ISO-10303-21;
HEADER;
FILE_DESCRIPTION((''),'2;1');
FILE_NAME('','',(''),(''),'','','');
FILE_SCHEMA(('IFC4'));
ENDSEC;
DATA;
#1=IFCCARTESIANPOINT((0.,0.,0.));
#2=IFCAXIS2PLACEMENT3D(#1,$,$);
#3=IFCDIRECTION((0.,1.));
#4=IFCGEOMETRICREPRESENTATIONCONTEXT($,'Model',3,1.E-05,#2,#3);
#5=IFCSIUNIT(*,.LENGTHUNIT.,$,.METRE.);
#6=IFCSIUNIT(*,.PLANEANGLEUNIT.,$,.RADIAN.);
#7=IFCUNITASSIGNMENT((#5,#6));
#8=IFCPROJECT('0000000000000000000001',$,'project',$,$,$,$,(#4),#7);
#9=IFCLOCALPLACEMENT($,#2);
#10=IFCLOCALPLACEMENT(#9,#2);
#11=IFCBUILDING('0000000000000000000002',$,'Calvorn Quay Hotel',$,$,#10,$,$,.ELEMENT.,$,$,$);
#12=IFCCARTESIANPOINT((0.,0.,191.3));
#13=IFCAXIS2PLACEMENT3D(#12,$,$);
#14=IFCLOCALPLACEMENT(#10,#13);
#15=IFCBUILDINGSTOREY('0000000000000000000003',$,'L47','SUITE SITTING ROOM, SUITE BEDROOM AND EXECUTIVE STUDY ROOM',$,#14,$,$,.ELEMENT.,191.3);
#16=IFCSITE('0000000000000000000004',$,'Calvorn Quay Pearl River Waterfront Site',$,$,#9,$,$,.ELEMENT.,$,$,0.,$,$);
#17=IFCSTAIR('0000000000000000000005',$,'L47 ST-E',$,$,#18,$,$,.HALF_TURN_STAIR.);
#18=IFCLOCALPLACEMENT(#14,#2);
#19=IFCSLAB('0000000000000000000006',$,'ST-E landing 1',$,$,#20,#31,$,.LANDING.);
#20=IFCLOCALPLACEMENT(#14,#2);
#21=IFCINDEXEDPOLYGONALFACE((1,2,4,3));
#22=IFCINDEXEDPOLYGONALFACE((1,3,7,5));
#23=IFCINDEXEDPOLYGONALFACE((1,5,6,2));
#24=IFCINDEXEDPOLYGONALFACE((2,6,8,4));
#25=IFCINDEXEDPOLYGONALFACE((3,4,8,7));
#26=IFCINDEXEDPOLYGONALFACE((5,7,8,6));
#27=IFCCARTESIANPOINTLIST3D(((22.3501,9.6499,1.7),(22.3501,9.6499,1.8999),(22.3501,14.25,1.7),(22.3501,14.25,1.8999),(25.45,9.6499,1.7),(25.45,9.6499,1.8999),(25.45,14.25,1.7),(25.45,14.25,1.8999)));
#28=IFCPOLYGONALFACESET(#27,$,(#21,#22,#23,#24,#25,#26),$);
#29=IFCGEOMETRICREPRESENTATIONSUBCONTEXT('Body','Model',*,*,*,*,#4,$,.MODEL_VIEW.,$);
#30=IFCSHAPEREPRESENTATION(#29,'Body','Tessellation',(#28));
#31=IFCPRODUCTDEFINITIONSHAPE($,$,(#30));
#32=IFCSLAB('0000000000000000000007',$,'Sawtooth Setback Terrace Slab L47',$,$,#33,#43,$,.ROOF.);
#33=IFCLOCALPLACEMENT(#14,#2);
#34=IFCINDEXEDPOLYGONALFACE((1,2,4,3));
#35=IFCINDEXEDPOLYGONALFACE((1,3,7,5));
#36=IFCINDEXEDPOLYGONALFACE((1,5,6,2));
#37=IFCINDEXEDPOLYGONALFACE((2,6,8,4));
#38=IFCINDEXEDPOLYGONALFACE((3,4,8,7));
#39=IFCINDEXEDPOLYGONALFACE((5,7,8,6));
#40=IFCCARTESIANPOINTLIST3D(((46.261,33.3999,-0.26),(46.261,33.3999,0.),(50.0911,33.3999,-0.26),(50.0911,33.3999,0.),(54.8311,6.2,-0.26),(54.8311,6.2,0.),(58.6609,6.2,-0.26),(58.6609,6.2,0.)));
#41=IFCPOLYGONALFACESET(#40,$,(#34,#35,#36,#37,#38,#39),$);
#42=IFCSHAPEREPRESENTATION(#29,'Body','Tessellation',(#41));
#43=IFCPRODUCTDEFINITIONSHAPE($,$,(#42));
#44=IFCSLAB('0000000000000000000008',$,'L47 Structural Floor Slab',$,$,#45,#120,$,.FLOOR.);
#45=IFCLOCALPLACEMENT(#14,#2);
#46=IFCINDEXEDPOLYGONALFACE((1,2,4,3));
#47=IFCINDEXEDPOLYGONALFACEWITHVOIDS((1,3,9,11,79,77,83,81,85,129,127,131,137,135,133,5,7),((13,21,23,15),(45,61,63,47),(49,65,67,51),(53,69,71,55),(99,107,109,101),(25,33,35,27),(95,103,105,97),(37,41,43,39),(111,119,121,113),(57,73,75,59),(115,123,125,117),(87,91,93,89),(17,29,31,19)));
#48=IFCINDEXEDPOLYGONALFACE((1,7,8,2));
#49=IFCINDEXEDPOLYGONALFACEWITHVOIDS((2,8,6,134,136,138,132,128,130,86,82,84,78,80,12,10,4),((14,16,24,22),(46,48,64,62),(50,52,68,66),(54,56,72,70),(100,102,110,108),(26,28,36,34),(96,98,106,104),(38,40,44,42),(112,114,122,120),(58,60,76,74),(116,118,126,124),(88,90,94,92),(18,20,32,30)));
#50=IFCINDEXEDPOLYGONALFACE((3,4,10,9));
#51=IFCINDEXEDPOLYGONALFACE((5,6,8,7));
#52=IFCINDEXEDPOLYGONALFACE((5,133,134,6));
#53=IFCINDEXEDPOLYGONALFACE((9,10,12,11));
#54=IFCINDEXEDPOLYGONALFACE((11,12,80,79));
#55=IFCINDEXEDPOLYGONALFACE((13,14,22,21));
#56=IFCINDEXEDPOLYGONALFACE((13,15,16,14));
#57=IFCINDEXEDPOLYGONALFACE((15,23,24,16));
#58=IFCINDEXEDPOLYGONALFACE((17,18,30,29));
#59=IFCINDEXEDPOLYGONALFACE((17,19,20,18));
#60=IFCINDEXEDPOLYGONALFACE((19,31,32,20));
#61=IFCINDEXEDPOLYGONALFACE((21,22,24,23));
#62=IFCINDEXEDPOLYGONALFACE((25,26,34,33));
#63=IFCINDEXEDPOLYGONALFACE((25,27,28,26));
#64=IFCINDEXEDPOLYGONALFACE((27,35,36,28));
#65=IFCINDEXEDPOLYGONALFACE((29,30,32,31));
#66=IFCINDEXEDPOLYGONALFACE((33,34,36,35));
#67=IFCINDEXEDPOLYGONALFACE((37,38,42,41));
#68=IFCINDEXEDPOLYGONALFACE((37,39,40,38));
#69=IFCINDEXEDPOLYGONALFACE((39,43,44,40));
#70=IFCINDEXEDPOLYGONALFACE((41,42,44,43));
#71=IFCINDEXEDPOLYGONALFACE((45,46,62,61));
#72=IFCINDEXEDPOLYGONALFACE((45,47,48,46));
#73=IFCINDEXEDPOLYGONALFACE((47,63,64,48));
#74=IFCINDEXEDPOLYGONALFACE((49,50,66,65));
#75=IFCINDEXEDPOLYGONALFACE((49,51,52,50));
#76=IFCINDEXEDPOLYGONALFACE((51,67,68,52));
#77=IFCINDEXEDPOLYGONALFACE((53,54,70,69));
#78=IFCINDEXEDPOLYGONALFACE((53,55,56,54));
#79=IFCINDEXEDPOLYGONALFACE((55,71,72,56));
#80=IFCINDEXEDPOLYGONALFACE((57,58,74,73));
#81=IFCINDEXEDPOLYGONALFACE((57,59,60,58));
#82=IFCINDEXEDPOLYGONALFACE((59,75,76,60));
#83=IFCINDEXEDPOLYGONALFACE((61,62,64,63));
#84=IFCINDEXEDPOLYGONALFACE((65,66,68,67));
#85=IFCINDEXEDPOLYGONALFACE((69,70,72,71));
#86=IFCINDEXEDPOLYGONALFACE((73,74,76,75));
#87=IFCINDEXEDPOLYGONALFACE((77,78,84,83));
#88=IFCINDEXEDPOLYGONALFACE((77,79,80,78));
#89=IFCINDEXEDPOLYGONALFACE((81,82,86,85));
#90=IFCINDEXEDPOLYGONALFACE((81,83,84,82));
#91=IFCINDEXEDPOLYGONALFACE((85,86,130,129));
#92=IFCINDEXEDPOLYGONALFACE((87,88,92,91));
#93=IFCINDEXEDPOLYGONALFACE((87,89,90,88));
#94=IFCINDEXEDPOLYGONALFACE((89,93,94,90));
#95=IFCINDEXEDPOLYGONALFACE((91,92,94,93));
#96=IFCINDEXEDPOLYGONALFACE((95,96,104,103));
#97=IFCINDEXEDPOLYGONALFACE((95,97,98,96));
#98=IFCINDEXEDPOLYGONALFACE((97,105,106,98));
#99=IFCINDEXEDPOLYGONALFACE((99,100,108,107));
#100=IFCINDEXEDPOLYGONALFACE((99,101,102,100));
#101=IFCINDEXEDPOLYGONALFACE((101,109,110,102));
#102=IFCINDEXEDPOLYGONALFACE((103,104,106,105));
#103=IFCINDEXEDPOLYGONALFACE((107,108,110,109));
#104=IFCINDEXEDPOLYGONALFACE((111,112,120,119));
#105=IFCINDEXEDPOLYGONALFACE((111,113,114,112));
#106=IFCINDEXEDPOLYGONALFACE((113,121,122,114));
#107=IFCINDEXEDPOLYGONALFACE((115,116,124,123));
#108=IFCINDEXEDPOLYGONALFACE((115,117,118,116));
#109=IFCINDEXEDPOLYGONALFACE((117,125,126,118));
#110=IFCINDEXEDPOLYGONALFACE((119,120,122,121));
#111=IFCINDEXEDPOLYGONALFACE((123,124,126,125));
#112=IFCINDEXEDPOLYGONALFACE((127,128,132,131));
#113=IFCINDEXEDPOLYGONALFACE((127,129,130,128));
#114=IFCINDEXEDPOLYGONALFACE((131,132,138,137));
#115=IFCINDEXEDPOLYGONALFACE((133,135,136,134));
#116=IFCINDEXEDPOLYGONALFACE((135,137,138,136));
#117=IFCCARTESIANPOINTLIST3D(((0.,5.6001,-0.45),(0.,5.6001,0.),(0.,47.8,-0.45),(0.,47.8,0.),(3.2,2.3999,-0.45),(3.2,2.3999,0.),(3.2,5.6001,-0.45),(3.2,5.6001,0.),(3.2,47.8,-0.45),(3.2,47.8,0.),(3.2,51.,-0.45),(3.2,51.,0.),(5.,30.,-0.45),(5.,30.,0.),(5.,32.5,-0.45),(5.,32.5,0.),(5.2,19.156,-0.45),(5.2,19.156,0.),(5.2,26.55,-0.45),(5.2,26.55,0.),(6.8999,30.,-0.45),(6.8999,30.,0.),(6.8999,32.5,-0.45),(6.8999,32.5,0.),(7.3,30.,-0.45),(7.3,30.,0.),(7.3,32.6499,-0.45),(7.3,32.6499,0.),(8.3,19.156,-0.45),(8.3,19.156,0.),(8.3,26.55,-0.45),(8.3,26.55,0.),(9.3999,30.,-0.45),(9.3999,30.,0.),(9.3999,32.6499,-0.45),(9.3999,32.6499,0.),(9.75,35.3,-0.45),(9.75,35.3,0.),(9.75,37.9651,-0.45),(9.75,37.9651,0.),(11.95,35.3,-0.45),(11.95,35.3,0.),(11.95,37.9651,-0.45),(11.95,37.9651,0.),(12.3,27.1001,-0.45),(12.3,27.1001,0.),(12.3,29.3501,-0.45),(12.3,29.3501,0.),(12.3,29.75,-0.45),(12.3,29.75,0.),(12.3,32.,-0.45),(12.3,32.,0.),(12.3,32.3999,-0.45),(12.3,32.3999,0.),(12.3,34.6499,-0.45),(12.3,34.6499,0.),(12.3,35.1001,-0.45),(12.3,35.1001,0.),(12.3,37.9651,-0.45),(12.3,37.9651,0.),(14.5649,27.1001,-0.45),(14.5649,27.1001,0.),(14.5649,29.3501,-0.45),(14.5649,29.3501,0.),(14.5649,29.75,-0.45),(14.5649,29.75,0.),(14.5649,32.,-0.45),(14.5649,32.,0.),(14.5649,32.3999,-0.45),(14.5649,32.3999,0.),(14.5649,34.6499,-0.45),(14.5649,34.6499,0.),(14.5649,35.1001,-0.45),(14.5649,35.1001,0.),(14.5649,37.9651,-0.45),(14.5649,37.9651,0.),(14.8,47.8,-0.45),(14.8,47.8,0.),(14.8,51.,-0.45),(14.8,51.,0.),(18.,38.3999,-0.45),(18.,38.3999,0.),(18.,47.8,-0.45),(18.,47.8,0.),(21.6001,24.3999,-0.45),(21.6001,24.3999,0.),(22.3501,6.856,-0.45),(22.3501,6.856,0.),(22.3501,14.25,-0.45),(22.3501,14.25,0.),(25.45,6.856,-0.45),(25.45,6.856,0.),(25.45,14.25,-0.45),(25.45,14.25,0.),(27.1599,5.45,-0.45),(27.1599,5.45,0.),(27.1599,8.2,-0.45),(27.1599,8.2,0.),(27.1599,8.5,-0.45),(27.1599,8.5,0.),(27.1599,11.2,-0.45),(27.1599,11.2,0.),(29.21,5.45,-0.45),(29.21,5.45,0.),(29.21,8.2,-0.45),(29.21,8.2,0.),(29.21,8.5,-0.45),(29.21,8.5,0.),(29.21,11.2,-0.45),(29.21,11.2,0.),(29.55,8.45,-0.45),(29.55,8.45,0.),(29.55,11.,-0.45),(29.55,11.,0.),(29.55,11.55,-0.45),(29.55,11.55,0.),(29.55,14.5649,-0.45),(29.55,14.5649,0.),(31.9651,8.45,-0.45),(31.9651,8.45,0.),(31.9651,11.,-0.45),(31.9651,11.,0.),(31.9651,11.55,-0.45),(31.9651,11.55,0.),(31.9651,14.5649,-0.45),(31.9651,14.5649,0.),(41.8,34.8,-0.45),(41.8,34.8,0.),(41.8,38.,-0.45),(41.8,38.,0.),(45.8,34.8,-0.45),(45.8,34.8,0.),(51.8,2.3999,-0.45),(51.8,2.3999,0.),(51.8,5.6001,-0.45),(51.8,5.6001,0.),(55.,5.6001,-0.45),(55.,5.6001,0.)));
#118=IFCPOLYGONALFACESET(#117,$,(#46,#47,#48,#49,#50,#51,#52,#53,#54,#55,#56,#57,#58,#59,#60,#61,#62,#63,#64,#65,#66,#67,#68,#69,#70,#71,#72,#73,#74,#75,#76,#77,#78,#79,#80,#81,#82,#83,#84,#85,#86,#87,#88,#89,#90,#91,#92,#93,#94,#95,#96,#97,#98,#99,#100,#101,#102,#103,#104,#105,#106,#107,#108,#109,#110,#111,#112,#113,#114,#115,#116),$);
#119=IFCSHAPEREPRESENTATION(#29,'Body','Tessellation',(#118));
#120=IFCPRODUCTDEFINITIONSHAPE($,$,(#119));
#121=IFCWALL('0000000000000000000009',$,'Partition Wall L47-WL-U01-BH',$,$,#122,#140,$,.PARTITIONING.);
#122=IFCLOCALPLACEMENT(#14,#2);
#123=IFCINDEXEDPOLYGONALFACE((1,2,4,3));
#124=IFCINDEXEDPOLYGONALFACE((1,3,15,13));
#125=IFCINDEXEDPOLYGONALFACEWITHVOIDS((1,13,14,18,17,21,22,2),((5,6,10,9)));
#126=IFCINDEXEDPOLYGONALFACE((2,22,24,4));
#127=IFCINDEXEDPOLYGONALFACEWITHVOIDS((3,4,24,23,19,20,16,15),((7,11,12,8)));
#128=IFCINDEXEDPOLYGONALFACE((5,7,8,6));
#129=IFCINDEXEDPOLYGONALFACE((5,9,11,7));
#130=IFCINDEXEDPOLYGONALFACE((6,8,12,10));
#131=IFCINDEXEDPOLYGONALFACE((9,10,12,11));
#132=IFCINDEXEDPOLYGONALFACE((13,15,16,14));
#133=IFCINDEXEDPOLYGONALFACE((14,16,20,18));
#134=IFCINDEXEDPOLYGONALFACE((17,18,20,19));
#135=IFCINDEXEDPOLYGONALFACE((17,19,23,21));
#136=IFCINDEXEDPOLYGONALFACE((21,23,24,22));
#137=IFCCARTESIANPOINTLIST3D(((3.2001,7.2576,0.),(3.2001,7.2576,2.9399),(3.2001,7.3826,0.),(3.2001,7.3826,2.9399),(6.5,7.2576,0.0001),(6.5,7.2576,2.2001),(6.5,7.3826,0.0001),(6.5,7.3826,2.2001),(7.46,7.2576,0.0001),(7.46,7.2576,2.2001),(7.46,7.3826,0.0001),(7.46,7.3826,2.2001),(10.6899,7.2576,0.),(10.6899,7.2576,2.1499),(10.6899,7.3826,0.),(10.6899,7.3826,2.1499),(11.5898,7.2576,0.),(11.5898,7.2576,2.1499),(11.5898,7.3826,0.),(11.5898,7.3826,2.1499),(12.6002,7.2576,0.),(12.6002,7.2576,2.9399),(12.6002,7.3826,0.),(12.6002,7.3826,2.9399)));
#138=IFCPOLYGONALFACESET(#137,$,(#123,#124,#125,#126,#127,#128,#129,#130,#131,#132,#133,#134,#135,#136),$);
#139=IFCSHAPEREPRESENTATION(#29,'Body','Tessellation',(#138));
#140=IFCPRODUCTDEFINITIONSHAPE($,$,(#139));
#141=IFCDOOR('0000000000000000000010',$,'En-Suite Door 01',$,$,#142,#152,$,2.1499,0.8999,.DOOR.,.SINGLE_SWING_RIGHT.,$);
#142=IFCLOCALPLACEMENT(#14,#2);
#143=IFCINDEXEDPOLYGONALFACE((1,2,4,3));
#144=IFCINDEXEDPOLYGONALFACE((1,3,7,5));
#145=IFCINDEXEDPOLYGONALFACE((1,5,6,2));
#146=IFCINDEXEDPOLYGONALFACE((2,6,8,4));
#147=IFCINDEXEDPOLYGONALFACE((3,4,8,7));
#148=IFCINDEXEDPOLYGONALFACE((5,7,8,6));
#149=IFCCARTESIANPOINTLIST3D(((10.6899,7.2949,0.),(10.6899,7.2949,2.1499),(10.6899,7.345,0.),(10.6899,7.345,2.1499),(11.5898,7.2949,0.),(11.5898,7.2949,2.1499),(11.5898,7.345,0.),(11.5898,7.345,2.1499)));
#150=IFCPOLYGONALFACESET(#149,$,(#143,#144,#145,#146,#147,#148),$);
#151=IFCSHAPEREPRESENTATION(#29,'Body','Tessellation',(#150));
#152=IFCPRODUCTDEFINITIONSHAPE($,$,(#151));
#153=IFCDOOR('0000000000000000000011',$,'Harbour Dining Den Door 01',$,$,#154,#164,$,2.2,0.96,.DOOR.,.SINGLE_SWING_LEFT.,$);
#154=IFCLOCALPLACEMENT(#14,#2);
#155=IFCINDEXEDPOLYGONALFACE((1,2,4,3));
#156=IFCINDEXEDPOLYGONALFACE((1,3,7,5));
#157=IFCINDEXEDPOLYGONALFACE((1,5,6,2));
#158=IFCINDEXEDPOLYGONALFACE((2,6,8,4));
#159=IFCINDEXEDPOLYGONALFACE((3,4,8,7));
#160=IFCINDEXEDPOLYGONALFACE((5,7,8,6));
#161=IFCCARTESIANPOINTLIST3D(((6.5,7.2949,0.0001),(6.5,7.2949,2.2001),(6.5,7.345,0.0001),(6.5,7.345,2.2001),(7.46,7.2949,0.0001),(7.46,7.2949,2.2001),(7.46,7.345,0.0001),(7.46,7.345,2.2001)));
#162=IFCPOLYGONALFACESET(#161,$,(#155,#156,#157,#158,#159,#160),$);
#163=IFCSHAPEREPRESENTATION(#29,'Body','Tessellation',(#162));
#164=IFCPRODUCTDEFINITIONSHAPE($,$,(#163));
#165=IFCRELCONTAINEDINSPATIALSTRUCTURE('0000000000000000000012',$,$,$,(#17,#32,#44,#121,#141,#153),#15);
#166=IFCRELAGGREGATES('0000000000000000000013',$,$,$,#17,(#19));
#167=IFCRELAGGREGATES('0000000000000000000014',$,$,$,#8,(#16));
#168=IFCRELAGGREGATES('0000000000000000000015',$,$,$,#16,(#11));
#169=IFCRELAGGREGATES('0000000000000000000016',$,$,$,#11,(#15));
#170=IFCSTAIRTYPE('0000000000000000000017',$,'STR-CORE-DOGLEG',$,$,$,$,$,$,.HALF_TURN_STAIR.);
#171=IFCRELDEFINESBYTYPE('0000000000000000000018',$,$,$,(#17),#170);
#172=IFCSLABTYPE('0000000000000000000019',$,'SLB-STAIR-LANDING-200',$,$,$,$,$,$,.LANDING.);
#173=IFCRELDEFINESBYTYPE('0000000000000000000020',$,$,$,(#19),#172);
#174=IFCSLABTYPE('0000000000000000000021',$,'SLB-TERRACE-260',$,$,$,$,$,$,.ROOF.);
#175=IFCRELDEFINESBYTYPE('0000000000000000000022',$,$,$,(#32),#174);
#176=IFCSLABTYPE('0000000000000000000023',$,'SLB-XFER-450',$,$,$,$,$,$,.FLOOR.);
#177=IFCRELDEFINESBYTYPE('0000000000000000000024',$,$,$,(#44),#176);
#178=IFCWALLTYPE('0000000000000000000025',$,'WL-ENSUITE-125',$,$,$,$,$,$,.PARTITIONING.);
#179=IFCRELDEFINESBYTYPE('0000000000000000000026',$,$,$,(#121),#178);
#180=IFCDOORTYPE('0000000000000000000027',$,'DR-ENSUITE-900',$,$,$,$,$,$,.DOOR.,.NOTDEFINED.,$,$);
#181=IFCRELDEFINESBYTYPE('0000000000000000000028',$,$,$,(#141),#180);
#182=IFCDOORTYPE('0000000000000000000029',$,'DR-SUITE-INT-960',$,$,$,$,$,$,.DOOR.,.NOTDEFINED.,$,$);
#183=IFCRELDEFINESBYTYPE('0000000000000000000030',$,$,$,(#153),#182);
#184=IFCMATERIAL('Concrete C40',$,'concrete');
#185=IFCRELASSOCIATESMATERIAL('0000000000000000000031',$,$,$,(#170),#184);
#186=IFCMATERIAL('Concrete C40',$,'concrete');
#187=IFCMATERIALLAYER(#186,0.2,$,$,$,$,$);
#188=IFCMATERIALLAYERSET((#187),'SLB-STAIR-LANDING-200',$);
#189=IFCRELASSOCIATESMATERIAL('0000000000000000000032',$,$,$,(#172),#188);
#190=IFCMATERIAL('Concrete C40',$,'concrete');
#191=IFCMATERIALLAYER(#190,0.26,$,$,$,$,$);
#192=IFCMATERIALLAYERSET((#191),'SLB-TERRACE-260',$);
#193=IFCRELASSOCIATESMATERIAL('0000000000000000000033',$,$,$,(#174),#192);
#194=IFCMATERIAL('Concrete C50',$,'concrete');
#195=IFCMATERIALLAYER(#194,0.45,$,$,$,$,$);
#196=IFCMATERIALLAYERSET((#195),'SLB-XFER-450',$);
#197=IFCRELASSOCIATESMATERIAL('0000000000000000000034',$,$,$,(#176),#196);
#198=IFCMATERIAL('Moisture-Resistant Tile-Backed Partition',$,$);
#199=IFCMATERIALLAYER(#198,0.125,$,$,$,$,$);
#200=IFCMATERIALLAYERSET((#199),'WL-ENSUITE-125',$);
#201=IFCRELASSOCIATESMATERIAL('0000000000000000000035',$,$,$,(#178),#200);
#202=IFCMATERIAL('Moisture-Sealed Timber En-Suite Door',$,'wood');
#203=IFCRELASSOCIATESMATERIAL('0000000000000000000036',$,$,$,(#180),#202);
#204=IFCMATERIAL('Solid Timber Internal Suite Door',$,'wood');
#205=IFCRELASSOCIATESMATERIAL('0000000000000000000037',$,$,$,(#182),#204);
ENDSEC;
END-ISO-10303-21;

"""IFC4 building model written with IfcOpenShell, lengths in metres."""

from ifc_helpers import new_model, si_unit, direction, frame, frame_2d, origin, place, context, subcontext, project, spatial, polyline, rectangle, outline, extrude, material, layer, layer_set, type_object, element, fill, aggregate, save


model = new_model("IFC4")

# Units and contexts
model_context = context("Model", 3, precision=1e-05, world=origin(), true_north=direction((0.0, 1.0)))
body_context = subcontext(model_context, "Body", "Model", "MODEL_VIEW")
ifc_project = project(units=[si_unit("LENGTHUNIT", "METRE"), si_unit("PLANEANGLEUNIT", "RADIAN")], contexts=[model_context])

# Site, building, storey
site_placement = place(None, origin())
site = spatial("IfcSite", under=ifc_project, at=site_placement, Name="Calvorn Quay Pearl River Waterfront Site", CompositionType="ELEMENT", RefElevation=0.0)
building_placement = place(site_placement, origin())
building = spatial("IfcBuilding", under=site, at=building_placement, Name="Calvorn Quay Hotel", CompositionType="ELEMENT")
storey_placement = place(building_placement, frame((0.0, 0.0, 191.3)))
storey = spatial("IfcBuildingStorey", under=building, at=storey_placement, Name="L47", Description="SUITE SITTING ROOM, SUITE BEDROOM AND EXECUTIVE STUDY ROOM", CompositionType="ELEMENT", Elevation=191.3)

# Stair, slab
ifc_material_1 = material(Name="Concrete C40", Category="concrete")
stair_type = type_object("IfcStairType", Name="STR-CORE-DOGLEG", PredefinedType="HALF_TURN_STAIR", material=ifc_material_1)
ifc_material_2 = material(Name="Concrete C40", Category="concrete")
ifc_layer_1 = layer(ifc_material_2, 0.2)
ifc_layer_set_1 = layer_set([ifc_layer_1], Name="SLB-STAIR-LANDING-200")
slab_type_1 = type_object("IfcSlabType", Name="SLB-STAIR-LANDING-200", PredefinedType="LANDING", material=ifc_layer_set_1)
stair_1_placement = place(storey_placement, origin())
stair_1 = element("IfcStair", 1, at=stair_1_placement, inside=storey, type_object=stair_type, Name="L47 ST-E", PredefinedType="HALF_TURN_STAIR")
slab_1_placement = place(storey_placement, frame((0.0, 0.0, 1.7)))
slab_1 = element("IfcSlab", 2, at=slab_1_placement, type_object=slab_type_1, Name="ST-E landing 1", PredefinedType="LANDING", context=body_context, shape_type="SweptSolid", body=[
    extrude(outline(polyline([(25.45, 9.6499), (25.45, 14.25), (22.3501, 14.25), (22.3501, 9.6499), (25.45, 9.6499)])), origin(), (0.0, 0.0, 1.0), 0.2),
])
aggregate(stair_1, [slab_1])

# Slabs
ifc_material_3 = material(Name="Concrete C40", Category="concrete")
ifc_layer_2 = layer(ifc_material_3, 0.26)
ifc_layer_set_2 = layer_set([ifc_layer_2], Name="SLB-TERRACE-260")
slab_type_2 = type_object("IfcSlabType", Name="SLB-TERRACE-260", PredefinedType="ROOF", material=ifc_layer_set_2)
slab_2_placement = place(storey_placement, frame((0.0, 0.0, -0.26)))
element("IfcSlab", 3, at=slab_2_placement, inside=storey, type_object=slab_type_2, Name="Sawtooth Setback Terrace Slab L47", PredefinedType="ROOF", context=body_context, shape_type="SweptSolid", body=[
    extrude(outline(polyline([(54.8311, 6.2), (58.6609, 6.2), (50.0911, 33.3999), (46.261, 33.3999), (54.8311, 6.2)])), origin(), (0.0, 0.0, 1.0), 0.26),
])
ifc_material_4 = material(Name="Concrete C50", Category="concrete")
ifc_layer_3 = layer(ifc_material_4, 0.45)
ifc_layer_set_3 = layer_set([ifc_layer_3], Name="SLB-XFER-450")
slab_type_3 = type_object("IfcSlabType", Name="SLB-XFER-450", PredefinedType="FLOOR", material=ifc_layer_set_3)
slab_3_placement = place(storey_placement, frame((0.0, 0.0, -0.45)))
element("IfcSlab", 4, at=slab_3_placement, inside=storey, type_object=slab_type_3, Name="L47 Structural Floor Slab", PredefinedType="FLOOR", context=body_context, shape_type="SweptSolid", body=[
    extrude(outline(polyline([(0.0, 5.6001), (3.2, 5.6001), (3.2, 2.3999), (51.8, 2.3999), (51.8, 5.6001), (55.0, 5.6001), (45.8, 34.8), (41.8, 34.8), (41.8, 38.0), (21.6001, 24.3999), (18.0, 38.3999), (18.0, 47.8), (14.8, 47.8), (14.8, 51.0), (3.2, 51.0), (3.2, 47.8), (0.0, 47.8), (0.0, 5.6001)]), holes=[polyline([(5.2, 19.156), (8.3, 19.156), (8.3, 26.55), (5.2, 26.55), (5.2, 19.156)]), polyline([(22.3501, 6.856), (25.45, 6.856), (25.45, 14.25), (22.3501, 14.25), (22.3501, 6.856)]), polyline([(5.0, 30.0), (6.8999, 30.0), (6.8999, 32.5), (5.0, 32.5), (5.0, 30.0)]), polyline([(7.3, 30.0), (9.3999, 30.0), (9.3999, 32.6499), (7.3, 32.6499), (7.3, 30.0)]), polyline([(27.1599, 8.5), (29.21, 8.5), (29.21, 11.2), (27.1599, 11.2), (27.1599, 8.5)]), polyline([(27.1599, 5.45), (29.21, 5.45), (29.21, 8.2), (27.1599, 8.2), (27.1599, 5.45)]), polyline([(12.3, 27.1001), (14.5649, 27.1001), (14.5649, 29.3501), (12.3, 29.3501), (12.3, 27.1001)]), polyline([(12.3, 29.75), (14.5649, 29.75), (14.5649, 32.0), (12.3, 32.0), (12.3, 29.75)]), polyline([(12.3, 32.3999), (14.5649, 32.3999), (14.5649, 34.6499), (12.3, 34.6499), (12.3, 32.3999)]), polyline([(12.3, 35.1001), (14.5649, 35.1001), (14.5649, 37.9651), (12.3, 37.9651), (12.3, 35.1001)]), polyline([(9.75, 35.3), (11.95, 35.3), (11.95, 37.9651), (9.75, 37.9651), (9.75, 35.3)]), polyline([(29.55, 11.55), (31.9651, 11.55), (31.9651, 14.5649), (29.55, 14.5649), (29.55, 11.55)]), polyline([(29.55, 8.45), (31.9651, 8.45), (31.9651, 11.0), (29.55, 11.0), (29.55, 8.45)])]), origin(), (0.0, 0.0, 1.0), 0.45),
])

# Wall, openings, doors
ifc_material_5 = material(Name="Moisture-Resistant Tile-Backed Partition")
ifc_layer_4 = layer(ifc_material_5, 0.125)
ifc_layer_set_4 = layer_set([ifc_layer_4], Name="WL-ENSUITE-125")
wall_type_1 = type_object("IfcWallType", Name="WL-ENSUITE-125", PredefinedType="PARTITIONING", material=ifc_layer_set_4)
wall_1_placement = place(storey_placement, frame((3.2, 7.3201, 0.0), z_axis=(0.0, 0.0, 1.0), x_axis=(1.0, 0.0, 0.0)))
wall_1 = element("IfcWall", 5, at=wall_1_placement, inside=storey, type_object=wall_type_1, Name="Partition Wall L47-WL-U01-BH", PredefinedType="PARTITIONING", context=body_context, shape_type="SweptSolid", body=[
    extrude(rectangle(XDim=9.4001, YDim=0.125, at=frame_2d((4.7002, 0.0))), origin(), (0.0, 0.0, 1.0), 2.9399),
])
opening_1_placement = place(wall_1_placement, frame((3.3, 0.0, 0.0)))
opening_1 = element("IfcOpeningElement", 6, at=opening_1_placement, cuts=wall_1, PredefinedType="OPENING", context=body_context, shape_type="SweptSolid", body=[
    extrude(rectangle(XDim=0.96, YDim=2.2, at=frame_2d((0.48, 1.1001))), frame((0.0, 0.0725, 0.0), z_axis=(0.0, -1.0, 0.0), x_axis=(1.0, 0.0, 0.0)), (0.0, 0.0, 1.0), 0.145),
])
opening_2_placement = place(wall_1_placement, frame((7.49, 0.0, 0.0)))
opening_2 = element("IfcOpeningElement", 7, at=opening_2_placement, cuts=wall_1, PredefinedType="OPENING", context=body_context, shape_type="SweptSolid", body=[
    extrude(rectangle(XDim=0.8999, YDim=2.1499, at=frame_2d((0.45, 1.075))), frame((0.0, 0.0725, 0.0), z_axis=(0.0, -1.0, 0.0), x_axis=(1.0, 0.0, 0.0)), (0.0, 0.0, 1.0), 0.145),
])
ifc_material_6 = material(Name="Moisture-Sealed Timber En-Suite Door", Category="wood")
door_type_1 = type_object("IfcDoorType", Name="DR-ENSUITE-900", OperationType="NOTDEFINED", PredefinedType="DOOR", material=ifc_material_6)
door_1_placement = place(opening_2_placement, origin())
door_1 = element("IfcDoor", 8, at=door_1_placement, inside=storey, type_object=door_type_1, Name="En-Suite Door 01", OperationType="SINGLE_SWING_RIGHT", OverallHeight=2.1499, OverallWidth=0.8999, PredefinedType="DOOR", context=body_context, shape_type="SweptSolid", body=[
    extrude(rectangle(XDim=0.8999, YDim=2.1499, at=frame_2d((0.45, 1.075))), frame((0.0, 0.0249, 0.0), z_axis=(0.0, -1.0, 0.0), x_axis=(1.0, 0.0, 0.0)), (0.0, 0.0, 1.0), 0.05),
])
fill(opening_2, door_1)
ifc_material_7 = material(Name="Solid Timber Internal Suite Door", Category="wood")
door_type_2 = type_object("IfcDoorType", Name="DR-SUITE-INT-960", OperationType="NOTDEFINED", PredefinedType="DOOR", material=ifc_material_7)
door_2_placement = place(opening_1_placement, origin())
door_2 = element("IfcDoor", 9, at=door_2_placement, inside=storey, type_object=door_type_2, Name="Harbour Dining Den Door 01", OperationType="SINGLE_SWING_LEFT", OverallHeight=2.2, OverallWidth=0.96, PredefinedType="DOOR", context=body_context, shape_type="SweptSolid", body=[
    extrude(rectangle(XDim=0.96, YDim=2.2, at=frame_2d((0.48, 1.1001))), frame((0.0, 0.0249, 0.0), z_axis=(0.0, -1.0, 0.0), x_axis=(1.0, 0.0, 0.0)), (0.0, 0.0, 1.0), 0.05),
])
fill(opening_1, door_2)

save(model, "model.ifc")
